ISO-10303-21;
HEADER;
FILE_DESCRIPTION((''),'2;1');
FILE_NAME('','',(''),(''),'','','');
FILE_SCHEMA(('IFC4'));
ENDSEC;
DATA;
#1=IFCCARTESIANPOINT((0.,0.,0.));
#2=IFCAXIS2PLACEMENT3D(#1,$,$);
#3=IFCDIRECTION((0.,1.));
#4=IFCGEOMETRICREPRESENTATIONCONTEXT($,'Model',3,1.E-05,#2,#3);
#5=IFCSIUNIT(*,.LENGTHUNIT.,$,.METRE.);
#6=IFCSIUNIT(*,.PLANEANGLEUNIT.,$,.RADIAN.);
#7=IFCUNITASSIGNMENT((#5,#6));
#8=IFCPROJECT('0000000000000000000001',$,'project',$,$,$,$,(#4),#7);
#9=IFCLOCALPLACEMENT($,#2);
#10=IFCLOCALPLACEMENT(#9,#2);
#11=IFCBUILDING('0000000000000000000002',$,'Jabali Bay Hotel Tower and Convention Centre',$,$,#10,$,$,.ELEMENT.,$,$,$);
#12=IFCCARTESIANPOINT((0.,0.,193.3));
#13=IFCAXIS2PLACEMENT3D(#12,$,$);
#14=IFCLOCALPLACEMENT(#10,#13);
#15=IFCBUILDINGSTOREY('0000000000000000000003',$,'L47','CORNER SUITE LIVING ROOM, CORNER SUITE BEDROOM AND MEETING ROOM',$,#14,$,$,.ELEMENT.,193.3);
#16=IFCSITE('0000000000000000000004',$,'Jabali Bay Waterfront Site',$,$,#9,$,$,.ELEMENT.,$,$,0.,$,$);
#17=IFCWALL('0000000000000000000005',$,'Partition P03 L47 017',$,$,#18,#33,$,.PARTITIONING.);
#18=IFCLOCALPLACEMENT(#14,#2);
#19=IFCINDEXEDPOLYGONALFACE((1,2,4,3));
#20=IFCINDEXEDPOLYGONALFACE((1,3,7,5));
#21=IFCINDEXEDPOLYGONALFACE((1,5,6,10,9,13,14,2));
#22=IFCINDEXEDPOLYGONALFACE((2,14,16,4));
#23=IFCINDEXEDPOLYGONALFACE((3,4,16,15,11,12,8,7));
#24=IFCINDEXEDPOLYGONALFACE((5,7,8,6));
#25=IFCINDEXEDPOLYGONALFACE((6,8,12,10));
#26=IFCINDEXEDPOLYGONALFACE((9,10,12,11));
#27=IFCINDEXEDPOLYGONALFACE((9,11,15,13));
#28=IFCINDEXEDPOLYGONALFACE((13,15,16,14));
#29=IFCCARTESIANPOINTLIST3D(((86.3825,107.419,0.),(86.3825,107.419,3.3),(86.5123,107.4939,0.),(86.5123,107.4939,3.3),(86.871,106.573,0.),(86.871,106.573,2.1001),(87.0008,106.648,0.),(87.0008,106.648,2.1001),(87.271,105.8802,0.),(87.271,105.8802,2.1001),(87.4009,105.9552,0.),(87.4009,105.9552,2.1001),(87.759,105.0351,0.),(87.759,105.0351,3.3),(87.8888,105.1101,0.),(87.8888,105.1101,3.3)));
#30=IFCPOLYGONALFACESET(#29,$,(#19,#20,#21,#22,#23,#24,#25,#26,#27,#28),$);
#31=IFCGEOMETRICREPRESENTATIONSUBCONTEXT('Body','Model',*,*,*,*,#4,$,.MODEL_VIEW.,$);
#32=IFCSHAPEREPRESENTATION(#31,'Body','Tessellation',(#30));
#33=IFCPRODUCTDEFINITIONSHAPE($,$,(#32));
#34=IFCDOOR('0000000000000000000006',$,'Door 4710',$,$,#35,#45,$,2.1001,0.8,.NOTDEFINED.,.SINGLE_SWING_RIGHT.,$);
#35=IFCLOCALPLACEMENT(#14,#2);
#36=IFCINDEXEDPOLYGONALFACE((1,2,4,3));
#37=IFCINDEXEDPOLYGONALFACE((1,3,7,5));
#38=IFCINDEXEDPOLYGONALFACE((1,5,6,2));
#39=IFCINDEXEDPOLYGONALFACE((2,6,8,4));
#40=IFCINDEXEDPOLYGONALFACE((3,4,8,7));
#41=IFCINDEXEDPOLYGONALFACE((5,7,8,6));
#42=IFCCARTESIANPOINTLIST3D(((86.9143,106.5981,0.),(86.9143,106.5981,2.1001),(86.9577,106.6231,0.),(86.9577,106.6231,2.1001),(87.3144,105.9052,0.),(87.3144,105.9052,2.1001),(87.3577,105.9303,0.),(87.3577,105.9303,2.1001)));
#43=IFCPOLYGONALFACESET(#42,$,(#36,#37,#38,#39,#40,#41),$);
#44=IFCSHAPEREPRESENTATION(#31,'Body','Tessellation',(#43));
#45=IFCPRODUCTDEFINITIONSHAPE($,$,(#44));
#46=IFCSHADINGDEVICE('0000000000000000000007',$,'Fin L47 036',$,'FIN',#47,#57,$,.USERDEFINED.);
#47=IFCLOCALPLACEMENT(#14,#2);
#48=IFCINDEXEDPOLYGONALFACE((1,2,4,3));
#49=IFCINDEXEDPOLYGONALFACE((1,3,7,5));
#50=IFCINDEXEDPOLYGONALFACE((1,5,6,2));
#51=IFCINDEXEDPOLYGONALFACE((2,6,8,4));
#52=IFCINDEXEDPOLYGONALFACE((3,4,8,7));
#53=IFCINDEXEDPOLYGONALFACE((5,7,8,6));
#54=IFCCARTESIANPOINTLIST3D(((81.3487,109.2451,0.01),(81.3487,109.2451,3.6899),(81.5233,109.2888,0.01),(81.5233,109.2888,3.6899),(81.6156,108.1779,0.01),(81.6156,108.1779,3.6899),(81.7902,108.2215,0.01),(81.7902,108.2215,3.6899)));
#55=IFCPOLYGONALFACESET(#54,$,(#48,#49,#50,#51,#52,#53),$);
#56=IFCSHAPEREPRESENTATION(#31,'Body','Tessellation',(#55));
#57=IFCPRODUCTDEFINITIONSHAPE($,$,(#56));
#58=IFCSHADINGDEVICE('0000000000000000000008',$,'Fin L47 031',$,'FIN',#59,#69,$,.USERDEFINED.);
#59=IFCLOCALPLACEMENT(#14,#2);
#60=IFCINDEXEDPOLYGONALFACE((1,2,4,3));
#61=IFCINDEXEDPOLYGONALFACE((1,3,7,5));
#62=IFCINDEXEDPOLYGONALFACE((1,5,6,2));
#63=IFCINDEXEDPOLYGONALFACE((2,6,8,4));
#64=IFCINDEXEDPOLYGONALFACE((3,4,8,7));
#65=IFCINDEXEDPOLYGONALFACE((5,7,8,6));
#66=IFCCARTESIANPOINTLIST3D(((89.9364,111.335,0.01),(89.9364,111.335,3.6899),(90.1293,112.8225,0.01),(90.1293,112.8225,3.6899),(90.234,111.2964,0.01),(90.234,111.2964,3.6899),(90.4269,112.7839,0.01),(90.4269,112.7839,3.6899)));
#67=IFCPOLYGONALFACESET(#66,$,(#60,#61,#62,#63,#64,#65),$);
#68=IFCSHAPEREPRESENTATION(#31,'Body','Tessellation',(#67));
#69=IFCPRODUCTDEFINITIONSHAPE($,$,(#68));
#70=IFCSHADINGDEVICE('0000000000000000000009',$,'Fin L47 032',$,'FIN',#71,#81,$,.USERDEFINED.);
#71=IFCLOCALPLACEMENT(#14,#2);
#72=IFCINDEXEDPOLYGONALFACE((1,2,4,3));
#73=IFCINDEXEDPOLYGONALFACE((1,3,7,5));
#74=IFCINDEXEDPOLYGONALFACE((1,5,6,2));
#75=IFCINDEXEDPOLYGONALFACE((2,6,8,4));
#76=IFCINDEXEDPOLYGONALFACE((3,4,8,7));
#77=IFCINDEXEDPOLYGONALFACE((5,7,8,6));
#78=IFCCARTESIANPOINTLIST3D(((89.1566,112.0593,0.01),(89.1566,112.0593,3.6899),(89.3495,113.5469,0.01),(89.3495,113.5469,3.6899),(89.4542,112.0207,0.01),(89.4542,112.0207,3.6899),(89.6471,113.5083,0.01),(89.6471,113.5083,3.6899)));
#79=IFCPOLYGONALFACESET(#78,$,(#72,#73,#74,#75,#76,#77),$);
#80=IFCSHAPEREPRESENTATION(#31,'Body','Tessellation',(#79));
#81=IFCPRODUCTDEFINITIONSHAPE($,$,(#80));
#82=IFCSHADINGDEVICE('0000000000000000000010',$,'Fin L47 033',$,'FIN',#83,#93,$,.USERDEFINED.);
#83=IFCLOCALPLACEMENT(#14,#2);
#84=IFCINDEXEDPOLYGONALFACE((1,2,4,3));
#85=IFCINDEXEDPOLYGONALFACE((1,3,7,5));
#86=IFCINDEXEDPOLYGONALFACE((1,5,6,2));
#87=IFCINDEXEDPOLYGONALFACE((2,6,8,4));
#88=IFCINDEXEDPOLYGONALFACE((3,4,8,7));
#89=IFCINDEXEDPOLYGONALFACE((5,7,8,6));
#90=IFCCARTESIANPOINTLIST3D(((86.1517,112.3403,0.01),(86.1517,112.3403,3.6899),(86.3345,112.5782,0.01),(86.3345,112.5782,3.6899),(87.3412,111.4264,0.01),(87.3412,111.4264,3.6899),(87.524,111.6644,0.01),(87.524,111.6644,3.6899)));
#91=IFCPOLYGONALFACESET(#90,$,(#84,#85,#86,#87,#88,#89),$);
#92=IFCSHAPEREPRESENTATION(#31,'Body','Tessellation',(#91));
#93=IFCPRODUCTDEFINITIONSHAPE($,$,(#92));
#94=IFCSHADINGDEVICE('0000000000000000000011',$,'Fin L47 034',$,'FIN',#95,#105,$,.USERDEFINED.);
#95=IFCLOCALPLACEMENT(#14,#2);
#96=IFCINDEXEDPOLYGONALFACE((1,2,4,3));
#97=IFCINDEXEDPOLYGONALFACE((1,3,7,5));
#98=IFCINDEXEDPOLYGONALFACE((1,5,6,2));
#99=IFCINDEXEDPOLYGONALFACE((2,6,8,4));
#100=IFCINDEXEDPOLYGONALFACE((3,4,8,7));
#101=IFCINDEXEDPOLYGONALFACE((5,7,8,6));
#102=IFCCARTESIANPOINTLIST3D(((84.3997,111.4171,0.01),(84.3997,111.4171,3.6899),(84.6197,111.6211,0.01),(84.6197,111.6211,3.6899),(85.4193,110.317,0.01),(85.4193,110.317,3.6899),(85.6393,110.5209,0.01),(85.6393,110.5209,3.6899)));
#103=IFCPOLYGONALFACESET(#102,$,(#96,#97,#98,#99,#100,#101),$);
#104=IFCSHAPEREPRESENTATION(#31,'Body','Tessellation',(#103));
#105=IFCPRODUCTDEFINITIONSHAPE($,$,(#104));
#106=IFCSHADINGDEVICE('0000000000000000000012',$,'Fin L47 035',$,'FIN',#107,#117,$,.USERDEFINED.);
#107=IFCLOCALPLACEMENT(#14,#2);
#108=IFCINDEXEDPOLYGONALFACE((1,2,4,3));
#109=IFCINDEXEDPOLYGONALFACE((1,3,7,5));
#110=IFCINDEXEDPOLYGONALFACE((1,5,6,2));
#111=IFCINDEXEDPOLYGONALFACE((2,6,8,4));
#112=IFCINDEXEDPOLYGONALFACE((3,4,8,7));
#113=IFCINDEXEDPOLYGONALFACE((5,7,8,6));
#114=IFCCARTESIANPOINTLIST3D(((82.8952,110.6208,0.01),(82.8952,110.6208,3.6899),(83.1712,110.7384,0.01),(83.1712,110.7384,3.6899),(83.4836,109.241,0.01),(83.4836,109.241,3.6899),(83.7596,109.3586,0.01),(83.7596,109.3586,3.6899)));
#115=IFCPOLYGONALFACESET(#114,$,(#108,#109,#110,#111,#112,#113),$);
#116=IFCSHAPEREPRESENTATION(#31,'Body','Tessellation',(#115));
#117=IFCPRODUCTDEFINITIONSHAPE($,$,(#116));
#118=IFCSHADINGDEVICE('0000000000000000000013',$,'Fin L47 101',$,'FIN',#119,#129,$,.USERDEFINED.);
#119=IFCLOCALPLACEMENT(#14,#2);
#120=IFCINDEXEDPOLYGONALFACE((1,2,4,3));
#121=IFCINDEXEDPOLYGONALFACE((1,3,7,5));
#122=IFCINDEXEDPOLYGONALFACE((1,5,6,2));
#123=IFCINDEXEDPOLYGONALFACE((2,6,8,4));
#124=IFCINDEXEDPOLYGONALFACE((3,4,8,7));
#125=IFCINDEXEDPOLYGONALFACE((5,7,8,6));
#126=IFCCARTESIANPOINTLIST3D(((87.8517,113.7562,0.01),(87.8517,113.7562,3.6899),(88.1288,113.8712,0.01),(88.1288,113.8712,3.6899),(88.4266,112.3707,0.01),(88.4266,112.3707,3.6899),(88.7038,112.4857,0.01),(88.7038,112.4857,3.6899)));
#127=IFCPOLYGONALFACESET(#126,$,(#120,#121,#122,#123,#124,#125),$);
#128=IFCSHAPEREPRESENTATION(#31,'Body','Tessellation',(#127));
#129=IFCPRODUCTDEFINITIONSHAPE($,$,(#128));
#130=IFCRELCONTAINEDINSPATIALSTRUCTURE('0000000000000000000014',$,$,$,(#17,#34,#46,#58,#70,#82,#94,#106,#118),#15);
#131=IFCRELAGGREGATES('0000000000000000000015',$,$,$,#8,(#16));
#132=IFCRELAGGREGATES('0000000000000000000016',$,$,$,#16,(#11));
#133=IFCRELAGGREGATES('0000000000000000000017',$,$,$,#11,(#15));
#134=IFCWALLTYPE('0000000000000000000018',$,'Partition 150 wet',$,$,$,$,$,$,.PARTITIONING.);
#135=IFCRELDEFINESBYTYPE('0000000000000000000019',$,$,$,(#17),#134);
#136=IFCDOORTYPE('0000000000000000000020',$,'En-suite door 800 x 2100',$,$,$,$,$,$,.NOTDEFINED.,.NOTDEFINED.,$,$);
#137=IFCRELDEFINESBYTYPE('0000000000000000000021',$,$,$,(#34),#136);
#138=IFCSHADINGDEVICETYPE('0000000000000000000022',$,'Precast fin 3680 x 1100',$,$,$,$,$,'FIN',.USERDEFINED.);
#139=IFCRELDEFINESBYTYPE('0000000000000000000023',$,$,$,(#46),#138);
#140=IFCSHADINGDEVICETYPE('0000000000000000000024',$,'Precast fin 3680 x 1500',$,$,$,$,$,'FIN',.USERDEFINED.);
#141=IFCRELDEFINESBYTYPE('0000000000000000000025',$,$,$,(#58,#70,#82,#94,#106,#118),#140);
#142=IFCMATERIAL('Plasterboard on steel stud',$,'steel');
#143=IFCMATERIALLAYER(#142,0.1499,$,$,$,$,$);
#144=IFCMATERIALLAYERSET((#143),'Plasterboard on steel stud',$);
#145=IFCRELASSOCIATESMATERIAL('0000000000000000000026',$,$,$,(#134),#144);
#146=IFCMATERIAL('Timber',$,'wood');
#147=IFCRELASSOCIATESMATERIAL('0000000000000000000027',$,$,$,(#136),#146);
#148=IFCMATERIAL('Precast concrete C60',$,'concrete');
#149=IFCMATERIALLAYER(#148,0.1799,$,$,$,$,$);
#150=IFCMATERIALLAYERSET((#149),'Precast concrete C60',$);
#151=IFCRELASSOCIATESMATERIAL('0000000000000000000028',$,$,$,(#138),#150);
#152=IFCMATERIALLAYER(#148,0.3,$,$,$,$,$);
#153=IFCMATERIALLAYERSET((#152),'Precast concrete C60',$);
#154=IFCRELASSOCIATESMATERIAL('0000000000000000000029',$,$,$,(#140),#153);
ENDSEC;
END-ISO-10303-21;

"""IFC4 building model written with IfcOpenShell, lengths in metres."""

from ifc_helpers import new_model, si_unit, direction, frame, frame_2d, origin, place, context, subcontext, project, spatial, rectangle, extrude, material, layer, layer_set, type_object, element, fill, save


model = new_model("IFC4")

# Units and contexts
model_context = context("Model", 3, precision=1e-05, world=origin(), true_north=direction((0.0, 1.0)))
body_context = subcontext(model_context, "Body", "Model", "MODEL_VIEW")
ifc_project = project(units=[si_unit("LENGTHUNIT", "METRE"), si_unit("PLANEANGLEUNIT", "RADIAN")], contexts=[model_context])

# Site, building, storey
site_placement = place(None, origin())
site = spatial("IfcSite", under=ifc_project, at=site_placement, Name="Jabali Bay Waterfront Site", CompositionType="ELEMENT", RefElevation=0.0)
building_placement = place(site_placement, origin())
building = spatial("IfcBuilding", under=site, at=building_placement, Name="Jabali Bay Hotel Tower and Convention Centre", CompositionType="ELEMENT")
storey_placement = place(building_placement, frame((0.0, 0.0, 193.3)))
storey = spatial("IfcBuildingStorey", under=building, at=storey_placement, Name="L47", Description="CORNER SUITE LIVING ROOM, CORNER SUITE BEDROOM AND MEETING ROOM", CompositionType="ELEMENT", Elevation=193.3)

# Shared definitions
ifc_material_1 = material(Name="Plasterboard on steel stud", Category="steel")
ifc_layer_1 = layer(ifc_material_1, 0.1499)
ifc_layer_set_1 = layer_set([ifc_layer_1], Name="Plasterboard on steel stud")
wall_type_1 = type_object("IfcWallType", Name="Partition 150 wet", PredefinedType="PARTITIONING", material=ifc_layer_set_1)

# Wall, opening, door
wall_1_placement = place(storey_placement, frame((87.824, 105.0725, 0.0), z_axis=(0.0, 0.0, 1.0), x_axis=(-0.50005, 0.865997, 0.0)))
wall_1 = element("IfcWall", 1, at=wall_1_placement, inside=storey, type_object=wall_type_1, Name="Partition P03 L47 017", PredefinedType="PARTITIONING", context=body_context, shape_type="SweptSolid", body=[
    extrude(rectangle(XDim=2.7527, YDim=0.1499, at=frame_2d((1.3765, 0.0))), origin(), (0.0, 0.0, 1.0), 3.3),
])
opening_1_placement = place(wall_1_placement, frame((0.9761, 0.0, 0.0)))
opening_1 = element("IfcOpeningElement", 2, at=opening_1_placement, cuts=wall_1, PredefinedType="OPENING", context=body_context, shape_type="SweptSolid", body=[
    extrude(rectangle(XDim=0.8, YDim=2.1001, at=frame_2d((0.3999, 1.05))), frame((0.0, 0.0854, 0.0), z_axis=(0.0, -1.0, 0.0), x_axis=(1.0, 0.0, 0.0)), (0.0, 0.0, 1.0), 0.1709),
])
ifc_material_2 = material(Name="Timber", Category="wood")
door_type = type_object("IfcDoorType", Name="En-suite door 800 x 2100", OperationType="NOTDEFINED", PredefinedType="NOTDEFINED", material=ifc_material_2)
door_placement = place(opening_1_placement, origin())
door = element("IfcDoor", 3, at=door_placement, inside=storey, type_object=door_type, Name="Door 4710", OperationType="SINGLE_SWING_RIGHT", OverallHeight=2.1001, OverallWidth=0.8, PredefinedType="NOTDEFINED", context=body_context, shape_type="SweptSolid", body=[
    extrude(rectangle(XDim=0.8, YDim=2.1001, at=frame_2d((0.3999, 1.05))), frame((0.0, 0.0249, 0.0), z_axis=(0.0, -1.0, 0.0), x_axis=(1.0, 0.0, 0.0)), (0.0, 0.0, 1.0), 0.05),
])
fill(opening_1, door)

# Shading devices
ifc_material_3 = material(Name="Precast concrete C60", Category="concrete")
ifc_layer_2 = layer(ifc_material_3, 0.1799)
ifc_layer_set_2 = layer_set([ifc_layer_2], Name="Precast concrete C60")
shading_device_type_1 = type_object("IfcShadingDeviceType", Name="Precast fin 3680 x 1100", ElementType="FIN", PredefinedType="USERDEFINED", material=ifc_layer_set_2)
shading_device_placement = place(storey_placement, frame((81.7029, 108.1997, 0.01), z_axis=(0.0, 0.0, 1.0), x_axis=(-0.242588, 0.970129, 0.0)))
element("IfcShadingDevice", 4, at=shading_device_placement, inside=storey, type_object=shading_device_type_1, Name="Fin L47 036", ObjectType="FIN", PredefinedType="USERDEFINED", context=body_context, shape_type="SweptSolid", body=[
    extrude(rectangle(XDim=1.1001, YDim=0.1799, at=frame_2d((0.55, 0.0))), origin(), (0.0, 0.0, 1.0), 3.6799),
])
ifc_layer_3 = layer(ifc_material_3, 0.3)
ifc_layer_set_3 = layer_set([ifc_layer_3], Name="Precast concrete C60")
shading_device_type_2 = type_object("IfcShadingDeviceType", Name="Precast fin 3680 x 1500", ElementType="FIN", PredefinedType="USERDEFINED", material=ifc_layer_set_3)
for number, where, z_axis, x_axis, name in (
    (5, (90.0852, 111.3157, 0.01), (0.0, 0.0, 1.0), (0.128581, 0.991699, 0.0), "Fin L47 031"),
    (6, (89.3054, 112.04, 0.01), (0.0, 0.0, 1.0), (0.128581, 0.991699, 0.0), "Fin L47 032"),
    (7, (87.4326, 111.5454, 0.01), (0.0, 0.0, 1.0), (-0.792993, 0.609231, 0.0), "Fin L47 033"),
    (8, (85.5293, 110.4189, 0.01), (0.0, 0.0, 1.0), (-0.679739, 0.733454, 0.0), "Fin L47 034"),
    (9, (83.6216, 109.2998, 0.01), (0.0, 0.0, 1.0), (-0.392229, 0.919867, 0.0), "Fin L47 035"),
    (10, (88.5652, 112.4282, 0.01), (0.0, 0.0, 1.0), (-0.383286, 0.92363, 0.0), "Fin L47 101"),
):
    element("IfcShadingDevice", number, at=place(storey_placement, frame(where, z_axis=z_axis, x_axis=x_axis)), inside=storey, type_object=shading_device_type_2, Name=name, ObjectType="FIN", PredefinedType="USERDEFINED", context=body_context, shape_type="SweptSolid", body=[
        extrude(rectangle(XDim=1.5, YDim=0.3, at=frame_2d((0.75, 0.0))), origin(), (0.0, 0.0, 1.0), 3.6799),
    ])

save(model, "model.ifc")
